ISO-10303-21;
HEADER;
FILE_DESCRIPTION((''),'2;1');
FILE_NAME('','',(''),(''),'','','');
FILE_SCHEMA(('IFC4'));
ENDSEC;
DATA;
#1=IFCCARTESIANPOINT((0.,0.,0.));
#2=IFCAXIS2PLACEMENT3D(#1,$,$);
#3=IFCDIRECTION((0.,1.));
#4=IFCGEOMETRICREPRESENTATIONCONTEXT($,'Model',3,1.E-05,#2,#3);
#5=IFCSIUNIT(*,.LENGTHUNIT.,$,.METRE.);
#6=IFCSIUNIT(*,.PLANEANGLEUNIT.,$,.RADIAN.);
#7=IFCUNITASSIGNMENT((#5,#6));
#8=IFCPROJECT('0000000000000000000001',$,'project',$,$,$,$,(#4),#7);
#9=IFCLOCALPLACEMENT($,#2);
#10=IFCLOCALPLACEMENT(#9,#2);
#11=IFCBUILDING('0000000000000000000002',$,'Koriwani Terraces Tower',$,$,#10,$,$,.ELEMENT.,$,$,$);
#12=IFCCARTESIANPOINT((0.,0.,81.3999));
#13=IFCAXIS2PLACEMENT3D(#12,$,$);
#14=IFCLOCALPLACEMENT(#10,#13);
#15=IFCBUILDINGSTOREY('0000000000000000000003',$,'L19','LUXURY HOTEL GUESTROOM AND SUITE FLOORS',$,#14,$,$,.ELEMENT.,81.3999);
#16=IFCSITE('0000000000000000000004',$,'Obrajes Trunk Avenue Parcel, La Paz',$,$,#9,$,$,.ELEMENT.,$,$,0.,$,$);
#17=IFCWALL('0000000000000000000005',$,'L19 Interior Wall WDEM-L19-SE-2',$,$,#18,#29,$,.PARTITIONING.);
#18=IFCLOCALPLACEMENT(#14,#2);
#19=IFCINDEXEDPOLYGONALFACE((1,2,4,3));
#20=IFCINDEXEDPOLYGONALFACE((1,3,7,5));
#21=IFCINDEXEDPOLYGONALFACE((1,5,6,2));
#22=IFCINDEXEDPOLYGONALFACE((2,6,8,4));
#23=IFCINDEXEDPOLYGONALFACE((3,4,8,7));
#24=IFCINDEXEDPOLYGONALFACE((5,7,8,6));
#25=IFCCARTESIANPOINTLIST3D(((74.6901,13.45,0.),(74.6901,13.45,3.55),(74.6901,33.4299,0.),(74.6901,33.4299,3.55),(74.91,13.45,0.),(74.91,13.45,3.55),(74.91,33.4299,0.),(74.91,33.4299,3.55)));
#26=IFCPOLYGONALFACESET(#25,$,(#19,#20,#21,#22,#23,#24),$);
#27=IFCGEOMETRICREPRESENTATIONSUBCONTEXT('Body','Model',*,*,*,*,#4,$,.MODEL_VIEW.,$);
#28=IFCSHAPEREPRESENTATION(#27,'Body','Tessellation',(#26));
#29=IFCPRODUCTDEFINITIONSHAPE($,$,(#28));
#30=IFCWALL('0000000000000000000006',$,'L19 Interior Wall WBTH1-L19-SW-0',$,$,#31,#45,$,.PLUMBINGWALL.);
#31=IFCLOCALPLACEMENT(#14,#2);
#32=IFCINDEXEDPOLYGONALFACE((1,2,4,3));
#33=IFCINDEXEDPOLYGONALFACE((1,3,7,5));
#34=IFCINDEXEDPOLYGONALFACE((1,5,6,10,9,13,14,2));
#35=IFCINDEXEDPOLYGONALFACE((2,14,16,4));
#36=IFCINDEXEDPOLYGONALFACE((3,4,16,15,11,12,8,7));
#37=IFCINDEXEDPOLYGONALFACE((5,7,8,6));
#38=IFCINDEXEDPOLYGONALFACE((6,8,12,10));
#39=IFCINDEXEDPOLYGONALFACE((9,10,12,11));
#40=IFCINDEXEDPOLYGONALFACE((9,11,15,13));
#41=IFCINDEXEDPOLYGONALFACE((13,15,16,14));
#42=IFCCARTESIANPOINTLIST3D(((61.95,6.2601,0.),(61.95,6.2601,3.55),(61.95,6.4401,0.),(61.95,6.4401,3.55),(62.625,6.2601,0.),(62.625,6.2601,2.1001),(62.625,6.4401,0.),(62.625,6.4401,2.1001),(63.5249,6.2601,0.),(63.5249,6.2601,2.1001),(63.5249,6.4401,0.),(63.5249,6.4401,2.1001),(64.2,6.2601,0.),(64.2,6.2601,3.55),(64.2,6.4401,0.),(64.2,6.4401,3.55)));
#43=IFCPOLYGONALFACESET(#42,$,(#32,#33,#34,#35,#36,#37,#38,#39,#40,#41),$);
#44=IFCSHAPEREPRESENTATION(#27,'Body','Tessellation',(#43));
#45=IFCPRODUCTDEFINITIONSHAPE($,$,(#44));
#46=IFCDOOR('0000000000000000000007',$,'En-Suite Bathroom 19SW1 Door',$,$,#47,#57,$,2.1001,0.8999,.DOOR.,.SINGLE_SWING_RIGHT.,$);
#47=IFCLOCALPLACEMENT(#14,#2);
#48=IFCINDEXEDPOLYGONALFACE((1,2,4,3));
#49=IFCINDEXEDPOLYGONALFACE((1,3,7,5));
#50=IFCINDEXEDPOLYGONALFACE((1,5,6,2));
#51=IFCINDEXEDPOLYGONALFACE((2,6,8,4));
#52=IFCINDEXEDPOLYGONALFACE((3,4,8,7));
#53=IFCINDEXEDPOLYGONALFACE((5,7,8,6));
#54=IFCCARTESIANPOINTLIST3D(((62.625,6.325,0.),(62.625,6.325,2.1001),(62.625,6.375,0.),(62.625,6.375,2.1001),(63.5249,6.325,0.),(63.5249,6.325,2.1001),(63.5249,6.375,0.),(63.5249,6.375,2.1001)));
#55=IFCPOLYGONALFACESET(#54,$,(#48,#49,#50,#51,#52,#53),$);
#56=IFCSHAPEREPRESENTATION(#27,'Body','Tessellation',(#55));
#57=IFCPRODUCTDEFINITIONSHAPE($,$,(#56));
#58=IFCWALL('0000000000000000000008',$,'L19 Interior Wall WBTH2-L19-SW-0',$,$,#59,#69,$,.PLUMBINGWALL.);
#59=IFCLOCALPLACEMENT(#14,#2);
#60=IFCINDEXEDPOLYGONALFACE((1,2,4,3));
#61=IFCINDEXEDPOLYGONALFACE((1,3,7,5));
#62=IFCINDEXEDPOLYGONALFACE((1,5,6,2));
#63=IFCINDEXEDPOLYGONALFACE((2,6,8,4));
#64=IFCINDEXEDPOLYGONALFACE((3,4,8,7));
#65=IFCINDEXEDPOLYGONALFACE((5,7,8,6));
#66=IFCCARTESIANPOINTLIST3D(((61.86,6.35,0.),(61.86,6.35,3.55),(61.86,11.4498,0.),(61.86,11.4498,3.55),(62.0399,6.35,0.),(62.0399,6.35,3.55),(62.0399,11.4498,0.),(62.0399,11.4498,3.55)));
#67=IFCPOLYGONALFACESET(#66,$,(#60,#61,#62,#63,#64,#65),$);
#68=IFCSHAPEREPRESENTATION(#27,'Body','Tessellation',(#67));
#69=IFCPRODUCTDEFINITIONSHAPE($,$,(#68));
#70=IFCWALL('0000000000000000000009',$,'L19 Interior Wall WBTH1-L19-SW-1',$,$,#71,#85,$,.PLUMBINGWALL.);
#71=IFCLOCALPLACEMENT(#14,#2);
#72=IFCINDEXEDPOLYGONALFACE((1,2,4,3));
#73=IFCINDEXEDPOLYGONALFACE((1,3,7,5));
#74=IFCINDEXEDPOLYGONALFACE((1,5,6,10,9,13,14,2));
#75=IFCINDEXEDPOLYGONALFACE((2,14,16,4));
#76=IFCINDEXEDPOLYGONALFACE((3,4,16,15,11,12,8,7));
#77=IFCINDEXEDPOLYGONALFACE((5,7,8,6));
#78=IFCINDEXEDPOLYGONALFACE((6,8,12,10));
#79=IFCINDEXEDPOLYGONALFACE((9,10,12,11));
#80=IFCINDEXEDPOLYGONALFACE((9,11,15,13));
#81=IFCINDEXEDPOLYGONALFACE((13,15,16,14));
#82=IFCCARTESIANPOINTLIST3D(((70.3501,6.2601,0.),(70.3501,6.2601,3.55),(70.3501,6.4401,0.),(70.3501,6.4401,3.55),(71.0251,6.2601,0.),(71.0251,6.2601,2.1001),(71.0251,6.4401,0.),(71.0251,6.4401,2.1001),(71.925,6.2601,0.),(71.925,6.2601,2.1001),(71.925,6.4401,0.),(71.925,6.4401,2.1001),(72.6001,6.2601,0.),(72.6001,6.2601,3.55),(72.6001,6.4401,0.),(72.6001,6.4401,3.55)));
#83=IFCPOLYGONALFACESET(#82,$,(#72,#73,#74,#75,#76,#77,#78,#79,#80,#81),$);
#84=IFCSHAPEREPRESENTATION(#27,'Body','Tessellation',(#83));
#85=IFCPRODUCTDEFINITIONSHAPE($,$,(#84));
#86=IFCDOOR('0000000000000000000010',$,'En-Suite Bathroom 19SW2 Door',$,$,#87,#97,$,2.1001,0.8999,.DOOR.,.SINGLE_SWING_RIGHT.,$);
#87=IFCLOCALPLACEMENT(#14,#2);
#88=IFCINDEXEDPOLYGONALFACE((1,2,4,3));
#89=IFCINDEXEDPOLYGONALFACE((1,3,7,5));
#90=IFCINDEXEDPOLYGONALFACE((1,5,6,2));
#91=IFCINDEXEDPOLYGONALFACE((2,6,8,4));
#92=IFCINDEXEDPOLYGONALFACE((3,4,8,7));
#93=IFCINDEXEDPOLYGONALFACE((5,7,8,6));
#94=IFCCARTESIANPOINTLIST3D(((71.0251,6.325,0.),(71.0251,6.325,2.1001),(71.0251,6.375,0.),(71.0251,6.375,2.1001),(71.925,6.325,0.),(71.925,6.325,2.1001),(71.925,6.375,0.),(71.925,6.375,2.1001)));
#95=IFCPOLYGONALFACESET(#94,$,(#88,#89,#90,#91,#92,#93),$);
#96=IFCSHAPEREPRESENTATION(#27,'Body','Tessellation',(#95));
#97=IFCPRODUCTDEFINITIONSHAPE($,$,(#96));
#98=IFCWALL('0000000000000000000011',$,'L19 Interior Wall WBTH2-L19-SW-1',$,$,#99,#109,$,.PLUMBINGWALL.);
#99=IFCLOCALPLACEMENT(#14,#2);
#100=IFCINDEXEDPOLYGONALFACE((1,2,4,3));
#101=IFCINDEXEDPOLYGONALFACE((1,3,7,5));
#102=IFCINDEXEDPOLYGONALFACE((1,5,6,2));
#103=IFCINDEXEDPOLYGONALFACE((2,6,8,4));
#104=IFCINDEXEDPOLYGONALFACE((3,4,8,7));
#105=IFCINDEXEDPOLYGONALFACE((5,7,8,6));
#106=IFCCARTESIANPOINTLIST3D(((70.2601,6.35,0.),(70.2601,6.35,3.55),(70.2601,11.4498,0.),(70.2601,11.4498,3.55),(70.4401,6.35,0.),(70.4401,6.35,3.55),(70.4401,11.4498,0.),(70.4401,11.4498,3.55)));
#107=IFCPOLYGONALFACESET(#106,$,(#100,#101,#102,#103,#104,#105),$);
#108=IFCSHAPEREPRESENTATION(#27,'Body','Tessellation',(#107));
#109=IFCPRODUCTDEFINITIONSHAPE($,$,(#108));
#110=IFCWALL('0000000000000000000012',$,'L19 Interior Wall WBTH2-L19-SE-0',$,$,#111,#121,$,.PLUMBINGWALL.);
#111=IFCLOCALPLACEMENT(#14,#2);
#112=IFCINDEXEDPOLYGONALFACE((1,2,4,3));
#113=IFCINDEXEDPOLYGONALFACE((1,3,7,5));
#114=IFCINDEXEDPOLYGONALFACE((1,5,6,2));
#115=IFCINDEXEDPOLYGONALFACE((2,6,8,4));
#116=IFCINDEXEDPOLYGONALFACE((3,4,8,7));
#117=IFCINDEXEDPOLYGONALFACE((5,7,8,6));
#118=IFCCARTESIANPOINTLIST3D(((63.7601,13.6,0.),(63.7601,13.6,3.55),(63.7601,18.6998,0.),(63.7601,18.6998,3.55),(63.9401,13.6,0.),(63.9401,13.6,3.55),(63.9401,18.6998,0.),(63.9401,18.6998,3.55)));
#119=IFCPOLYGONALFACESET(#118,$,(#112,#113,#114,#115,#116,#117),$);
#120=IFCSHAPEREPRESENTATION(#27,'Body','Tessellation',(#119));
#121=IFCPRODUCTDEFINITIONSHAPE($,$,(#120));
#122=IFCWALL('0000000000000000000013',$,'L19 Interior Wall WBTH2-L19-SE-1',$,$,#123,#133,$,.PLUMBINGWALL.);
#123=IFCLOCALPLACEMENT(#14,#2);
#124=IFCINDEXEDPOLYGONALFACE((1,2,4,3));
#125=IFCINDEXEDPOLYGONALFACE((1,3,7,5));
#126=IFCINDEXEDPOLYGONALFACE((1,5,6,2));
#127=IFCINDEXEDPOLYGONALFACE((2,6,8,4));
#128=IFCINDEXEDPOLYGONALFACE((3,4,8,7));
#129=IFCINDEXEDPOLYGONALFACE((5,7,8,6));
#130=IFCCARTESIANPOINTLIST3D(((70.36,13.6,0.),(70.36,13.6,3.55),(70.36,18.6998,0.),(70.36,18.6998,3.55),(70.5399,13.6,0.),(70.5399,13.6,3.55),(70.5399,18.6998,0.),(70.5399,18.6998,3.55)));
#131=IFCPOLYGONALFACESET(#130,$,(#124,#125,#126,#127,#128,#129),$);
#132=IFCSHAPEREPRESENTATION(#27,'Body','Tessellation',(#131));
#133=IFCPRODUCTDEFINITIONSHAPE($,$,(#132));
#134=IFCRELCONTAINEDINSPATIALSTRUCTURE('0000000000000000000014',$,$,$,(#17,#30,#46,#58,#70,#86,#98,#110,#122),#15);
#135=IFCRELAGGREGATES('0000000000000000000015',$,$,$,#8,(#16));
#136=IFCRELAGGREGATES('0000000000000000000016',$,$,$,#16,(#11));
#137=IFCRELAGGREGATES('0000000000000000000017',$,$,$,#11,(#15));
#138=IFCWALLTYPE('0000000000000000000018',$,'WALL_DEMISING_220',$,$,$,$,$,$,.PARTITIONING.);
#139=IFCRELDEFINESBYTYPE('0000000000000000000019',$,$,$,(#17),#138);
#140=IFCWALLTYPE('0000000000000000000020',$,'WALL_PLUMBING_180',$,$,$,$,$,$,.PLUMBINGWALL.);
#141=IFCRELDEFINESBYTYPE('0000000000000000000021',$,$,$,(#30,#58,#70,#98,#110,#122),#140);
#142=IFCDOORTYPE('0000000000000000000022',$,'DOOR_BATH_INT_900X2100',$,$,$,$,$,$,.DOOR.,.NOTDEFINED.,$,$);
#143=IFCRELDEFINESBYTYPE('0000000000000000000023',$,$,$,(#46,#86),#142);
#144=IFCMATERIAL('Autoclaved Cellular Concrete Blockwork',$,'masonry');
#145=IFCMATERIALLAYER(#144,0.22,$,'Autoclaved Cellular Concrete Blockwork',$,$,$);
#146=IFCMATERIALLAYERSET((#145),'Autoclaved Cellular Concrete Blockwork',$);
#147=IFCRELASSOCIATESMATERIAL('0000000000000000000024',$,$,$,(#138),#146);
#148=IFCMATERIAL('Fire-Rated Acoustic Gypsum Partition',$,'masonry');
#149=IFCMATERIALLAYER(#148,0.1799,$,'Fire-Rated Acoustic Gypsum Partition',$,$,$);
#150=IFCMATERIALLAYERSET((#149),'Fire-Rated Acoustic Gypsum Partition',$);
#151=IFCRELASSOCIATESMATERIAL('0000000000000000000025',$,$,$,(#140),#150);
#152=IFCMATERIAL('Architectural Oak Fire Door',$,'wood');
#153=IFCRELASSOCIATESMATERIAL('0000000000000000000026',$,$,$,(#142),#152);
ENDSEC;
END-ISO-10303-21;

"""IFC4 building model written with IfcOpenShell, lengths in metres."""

from ifc_helpers import new_model, si_unit, direction, frame, frame_2d, origin, place, context, subcontext, project, spatial, rectangle, extrude, material, layer, layer_set, type_object, element, fill, save


model = new_model("IFC4")

# Units and contexts
model_context = context("Model", 3, precision=1e-05, world=origin(), true_north=direction((0.0, 1.0)))
body_context = subcontext(model_context, "Body", "Model", "MODEL_VIEW")
ifc_project = project(units=[si_unit("LENGTHUNIT", "METRE"), si_unit("PLANEANGLEUNIT", "RADIAN")], contexts=[model_context])

# Site, building, storey
site_placement = place(None, origin())
site = spatial("IfcSite", under=ifc_project, at=site_placement, Name="Obrajes Trunk Avenue Parcel, La Paz", CompositionType="ELEMENT", RefElevation=0.0)
building_placement = place(site_placement, origin())
building = spatial("IfcBuilding", under=site, at=building_placement, Name="Koriwani Terraces Tower", CompositionType="ELEMENT")
storey_placement = place(building_placement, frame((0.0, 0.0, 81.3999)))
storey = spatial("IfcBuildingStorey", under=building, at=storey_placement, Name="L19", Description="LUXURY HOTEL GUESTROOM AND SUITE FLOORS", CompositionType="ELEMENT", Elevation=81.3999)

# Shared definitions
ifc_material_1 = material(Name="Autoclaved Cellular Concrete Blockwork", Category="masonry")
ifc_material_2 = material(Name="Architectural Oak Fire Door", Category="wood")

# Wall
ifc_layer_1 = layer(ifc_material_1, 0.22, Name="Autoclaved Cellular Concrete Blockwork")
ifc_layer_set_1 = layer_set([ifc_layer_1], Name="Autoclaved Cellular Concrete Blockwork")
wall_type_1 = type_object("IfcWallType", Name="WALL_DEMISING_220", PredefinedType="PARTITIONING", material=ifc_layer_set_1)
for number, where, z_axis, x_axis, name in (
    (1, (74.8, 13.45, 0.0), (0.0, 0.0, 1.0), (0.0, 1.0, 0.0), "L19 Interior Wall WDEM-L19-SE-2"),
):
    element("IfcWall", number, at=place(storey_placement, frame(where, z_axis=z_axis, x_axis=x_axis)), inside=storey, type_object=wall_type_1, Name=name, PredefinedType="PARTITIONING", context=body_context, shape_type="SweptSolid", body=[
        extrude(rectangle(XDim=19.98, YDim=0.22, at=frame_2d((9.99, 0.0))), origin(), (0.0, 0.0, 1.0), 3.55),
    ])

# Wall, opening, door
ifc_material_3 = material(Name="Fire-Rated Acoustic Gypsum Partition", Category="masonry")
ifc_layer_2 = layer(ifc_material_3, 0.1799, Name="Fire-Rated Acoustic Gypsum Partition")
ifc_layer_set_2 = layer_set([ifc_layer_2], Name="Fire-Rated Acoustic Gypsum Partition")
wall_type_2 = type_object("IfcWallType", Name="WALL_PLUMBING_180", PredefinedType="PLUMBINGWALL", material=ifc_layer_set_2)
wall_1_placement = place(storey_placement, frame((61.95, 6.3501, 0.0), z_axis=(0.0, 0.0, 1.0), x_axis=(1.0, 0.0, 0.0)))
wall_1 = element("IfcWall", 2, at=wall_1_placement, inside=storey, type_object=wall_type_2, Name="L19 Interior Wall WBTH1-L19-SW-0", PredefinedType="PLUMBINGWALL", context=body_context, shape_type="SweptSolid", body=[
    extrude(rectangle(XDim=2.25, YDim=0.1799, at=frame_2d((1.125, 0.0))), origin(), (0.0, 0.0, 1.0), 3.55),
])
opening_1_placement = place(wall_1_placement, frame((0.675, 0.0, 0.0)))
opening_1 = element("IfcOpeningElement", 3, at=opening_1_placement, cuts=wall_1, PredefinedType="OPENING", context=body_context, shape_type="SweptSolid", body=[
    extrude(rectangle(XDim=0.8999, YDim=2.1001, at=frame_2d((0.45, 1.05))), frame((0.0, 0.1001, 0.0), z_axis=(0.0, -1.0, 0.0), x_axis=(1.0, 0.0, 0.0)), (0.0, 0.0, 1.0), 0.2),
])
door_type_1 = type_object("IfcDoorType", Name="DOOR_BATH_INT_900X2100", OperationType="NOTDEFINED", PredefinedType="DOOR", material=ifc_material_2)
door_1_placement = place(opening_1_placement, origin())
door_1 = element("IfcDoor", 4, at=door_1_placement, inside=storey, type_object=door_type_1, Name="En-Suite Bathroom 19SW1 Door", OperationType="SINGLE_SWING_RIGHT", OverallHeight=2.1001, OverallWidth=0.8999, PredefinedType="DOOR", context=body_context, shape_type="SweptSolid", body=[
    extrude(rectangle(XDim=0.8999, YDim=2.1001, at=frame_2d((0.45, 1.05))), frame((0.0, 0.0249, 0.0), z_axis=(0.0, -1.0, 0.0), x_axis=(1.0, 0.0, 0.0)), (0.0, 0.0, 1.0), 0.05),
])
fill(opening_1, door_1)

# Wall
wall_2_placement = place(storey_placement, frame((61.95, 6.3501, 0.0), z_axis=(0.0, 0.0, 1.0), x_axis=(0.0, 1.0, 0.0)))
element("IfcWall", 5, at=wall_2_placement, inside=storey, type_object=wall_type_2, Name="L19 Interior Wall WBTH2-L19-SW-0", PredefinedType="PLUMBINGWALL", context=body_context, shape_type="SweptSolid", body=[
    extrude(rectangle(XDim=5.0999, YDim=0.1799, at=frame_2d((2.5498, 0.0))), origin(), (0.0, 0.0, 1.0), 3.55),
])

# Wall, opening, door
wall_3_placement = place(storey_placement, frame((70.3501, 6.3501, 0.0), z_axis=(0.0, 0.0, 1.0), x_axis=(1.0, 0.0, 0.0)))
wall_3 = element("IfcWall", 6, at=wall_3_placement, inside=storey, type_object=wall_type_2, Name="L19 Interior Wall WBTH1-L19-SW-1", PredefinedType="PLUMBINGWALL", context=body_context, shape_type="SweptSolid", body=[
    extrude(rectangle(XDim=2.25, YDim=0.1799, at=frame_2d((1.125, 0.0))), origin(), (0.0, 0.0, 1.0), 3.55),
])
opening_2_placement = place(wall_3_placement, frame((0.675, 0.0, 0.0)))
opening_2 = element("IfcOpeningElement", 7, at=opening_2_placement, cuts=wall_3, PredefinedType="OPENING", context=body_context, shape_type="SweptSolid", body=[
    extrude(rectangle(XDim=0.8999, YDim=2.1001, at=frame_2d((0.45, 1.05))), frame((0.0, 0.1001, 0.0), z_axis=(0.0, -1.0, 0.0), x_axis=(1.0, 0.0, 0.0)), (0.0, 0.0, 1.0), 0.2),
])
door_2_placement = place(opening_2_placement, origin())
door_2 = element("IfcDoor", 8, at=door_2_placement, inside=storey, type_object=door_type_1, Name="En-Suite Bathroom 19SW2 Door", OperationType="SINGLE_SWING_RIGHT", OverallHeight=2.1001, OverallWidth=0.8999, PredefinedType="DOOR", context=body_context, shape_type="SweptSolid", body=[
    extrude(rectangle(XDim=0.8999, YDim=2.1001, at=frame_2d((0.45, 1.05))), frame((0.0, 0.0249, 0.0), z_axis=(0.0, -1.0, 0.0), x_axis=(1.0, 0.0, 0.0)), (0.0, 0.0, 1.0), 0.05),
])
fill(opening_2, door_2)

# Walls
for number, where, z_axis, x_axis, name in (
    (9, (70.3501, 6.3501, 0.0), (0.0, 0.0, 1.0), (0.0, 1.0, 0.0), "L19 Interior Wall WBTH2-L19-SW-1"),
    (10, (63.8501, 13.6001, 0.0), (0.0, 0.0, 1.0), (0.0, 1.0, 0.0), "L19 Interior Wall WBTH2-L19-SE-0"),
    (11, (70.45, 13.6001, 0.0), (0.0, 0.0, 1.0), (0.0, 1.0, 0.0), "L19 Interior Wall WBTH2-L19-SE-1"),
):
    element("IfcWall", number, at=place(storey_placement, frame(where, z_axis=z_axis, x_axis=x_axis)), inside=storey, type_object=wall_type_2, Name=name, PredefinedType="PLUMBINGWALL", context=body_context, shape_type="SweptSolid", body=[
        extrude(rectangle(XDim=5.0999, YDim=0.1799, at=frame_2d((2.5498, 0.0))), origin(), (0.0, 0.0, 1.0), 3.55),
    ])

save(model, "model.ifc")
